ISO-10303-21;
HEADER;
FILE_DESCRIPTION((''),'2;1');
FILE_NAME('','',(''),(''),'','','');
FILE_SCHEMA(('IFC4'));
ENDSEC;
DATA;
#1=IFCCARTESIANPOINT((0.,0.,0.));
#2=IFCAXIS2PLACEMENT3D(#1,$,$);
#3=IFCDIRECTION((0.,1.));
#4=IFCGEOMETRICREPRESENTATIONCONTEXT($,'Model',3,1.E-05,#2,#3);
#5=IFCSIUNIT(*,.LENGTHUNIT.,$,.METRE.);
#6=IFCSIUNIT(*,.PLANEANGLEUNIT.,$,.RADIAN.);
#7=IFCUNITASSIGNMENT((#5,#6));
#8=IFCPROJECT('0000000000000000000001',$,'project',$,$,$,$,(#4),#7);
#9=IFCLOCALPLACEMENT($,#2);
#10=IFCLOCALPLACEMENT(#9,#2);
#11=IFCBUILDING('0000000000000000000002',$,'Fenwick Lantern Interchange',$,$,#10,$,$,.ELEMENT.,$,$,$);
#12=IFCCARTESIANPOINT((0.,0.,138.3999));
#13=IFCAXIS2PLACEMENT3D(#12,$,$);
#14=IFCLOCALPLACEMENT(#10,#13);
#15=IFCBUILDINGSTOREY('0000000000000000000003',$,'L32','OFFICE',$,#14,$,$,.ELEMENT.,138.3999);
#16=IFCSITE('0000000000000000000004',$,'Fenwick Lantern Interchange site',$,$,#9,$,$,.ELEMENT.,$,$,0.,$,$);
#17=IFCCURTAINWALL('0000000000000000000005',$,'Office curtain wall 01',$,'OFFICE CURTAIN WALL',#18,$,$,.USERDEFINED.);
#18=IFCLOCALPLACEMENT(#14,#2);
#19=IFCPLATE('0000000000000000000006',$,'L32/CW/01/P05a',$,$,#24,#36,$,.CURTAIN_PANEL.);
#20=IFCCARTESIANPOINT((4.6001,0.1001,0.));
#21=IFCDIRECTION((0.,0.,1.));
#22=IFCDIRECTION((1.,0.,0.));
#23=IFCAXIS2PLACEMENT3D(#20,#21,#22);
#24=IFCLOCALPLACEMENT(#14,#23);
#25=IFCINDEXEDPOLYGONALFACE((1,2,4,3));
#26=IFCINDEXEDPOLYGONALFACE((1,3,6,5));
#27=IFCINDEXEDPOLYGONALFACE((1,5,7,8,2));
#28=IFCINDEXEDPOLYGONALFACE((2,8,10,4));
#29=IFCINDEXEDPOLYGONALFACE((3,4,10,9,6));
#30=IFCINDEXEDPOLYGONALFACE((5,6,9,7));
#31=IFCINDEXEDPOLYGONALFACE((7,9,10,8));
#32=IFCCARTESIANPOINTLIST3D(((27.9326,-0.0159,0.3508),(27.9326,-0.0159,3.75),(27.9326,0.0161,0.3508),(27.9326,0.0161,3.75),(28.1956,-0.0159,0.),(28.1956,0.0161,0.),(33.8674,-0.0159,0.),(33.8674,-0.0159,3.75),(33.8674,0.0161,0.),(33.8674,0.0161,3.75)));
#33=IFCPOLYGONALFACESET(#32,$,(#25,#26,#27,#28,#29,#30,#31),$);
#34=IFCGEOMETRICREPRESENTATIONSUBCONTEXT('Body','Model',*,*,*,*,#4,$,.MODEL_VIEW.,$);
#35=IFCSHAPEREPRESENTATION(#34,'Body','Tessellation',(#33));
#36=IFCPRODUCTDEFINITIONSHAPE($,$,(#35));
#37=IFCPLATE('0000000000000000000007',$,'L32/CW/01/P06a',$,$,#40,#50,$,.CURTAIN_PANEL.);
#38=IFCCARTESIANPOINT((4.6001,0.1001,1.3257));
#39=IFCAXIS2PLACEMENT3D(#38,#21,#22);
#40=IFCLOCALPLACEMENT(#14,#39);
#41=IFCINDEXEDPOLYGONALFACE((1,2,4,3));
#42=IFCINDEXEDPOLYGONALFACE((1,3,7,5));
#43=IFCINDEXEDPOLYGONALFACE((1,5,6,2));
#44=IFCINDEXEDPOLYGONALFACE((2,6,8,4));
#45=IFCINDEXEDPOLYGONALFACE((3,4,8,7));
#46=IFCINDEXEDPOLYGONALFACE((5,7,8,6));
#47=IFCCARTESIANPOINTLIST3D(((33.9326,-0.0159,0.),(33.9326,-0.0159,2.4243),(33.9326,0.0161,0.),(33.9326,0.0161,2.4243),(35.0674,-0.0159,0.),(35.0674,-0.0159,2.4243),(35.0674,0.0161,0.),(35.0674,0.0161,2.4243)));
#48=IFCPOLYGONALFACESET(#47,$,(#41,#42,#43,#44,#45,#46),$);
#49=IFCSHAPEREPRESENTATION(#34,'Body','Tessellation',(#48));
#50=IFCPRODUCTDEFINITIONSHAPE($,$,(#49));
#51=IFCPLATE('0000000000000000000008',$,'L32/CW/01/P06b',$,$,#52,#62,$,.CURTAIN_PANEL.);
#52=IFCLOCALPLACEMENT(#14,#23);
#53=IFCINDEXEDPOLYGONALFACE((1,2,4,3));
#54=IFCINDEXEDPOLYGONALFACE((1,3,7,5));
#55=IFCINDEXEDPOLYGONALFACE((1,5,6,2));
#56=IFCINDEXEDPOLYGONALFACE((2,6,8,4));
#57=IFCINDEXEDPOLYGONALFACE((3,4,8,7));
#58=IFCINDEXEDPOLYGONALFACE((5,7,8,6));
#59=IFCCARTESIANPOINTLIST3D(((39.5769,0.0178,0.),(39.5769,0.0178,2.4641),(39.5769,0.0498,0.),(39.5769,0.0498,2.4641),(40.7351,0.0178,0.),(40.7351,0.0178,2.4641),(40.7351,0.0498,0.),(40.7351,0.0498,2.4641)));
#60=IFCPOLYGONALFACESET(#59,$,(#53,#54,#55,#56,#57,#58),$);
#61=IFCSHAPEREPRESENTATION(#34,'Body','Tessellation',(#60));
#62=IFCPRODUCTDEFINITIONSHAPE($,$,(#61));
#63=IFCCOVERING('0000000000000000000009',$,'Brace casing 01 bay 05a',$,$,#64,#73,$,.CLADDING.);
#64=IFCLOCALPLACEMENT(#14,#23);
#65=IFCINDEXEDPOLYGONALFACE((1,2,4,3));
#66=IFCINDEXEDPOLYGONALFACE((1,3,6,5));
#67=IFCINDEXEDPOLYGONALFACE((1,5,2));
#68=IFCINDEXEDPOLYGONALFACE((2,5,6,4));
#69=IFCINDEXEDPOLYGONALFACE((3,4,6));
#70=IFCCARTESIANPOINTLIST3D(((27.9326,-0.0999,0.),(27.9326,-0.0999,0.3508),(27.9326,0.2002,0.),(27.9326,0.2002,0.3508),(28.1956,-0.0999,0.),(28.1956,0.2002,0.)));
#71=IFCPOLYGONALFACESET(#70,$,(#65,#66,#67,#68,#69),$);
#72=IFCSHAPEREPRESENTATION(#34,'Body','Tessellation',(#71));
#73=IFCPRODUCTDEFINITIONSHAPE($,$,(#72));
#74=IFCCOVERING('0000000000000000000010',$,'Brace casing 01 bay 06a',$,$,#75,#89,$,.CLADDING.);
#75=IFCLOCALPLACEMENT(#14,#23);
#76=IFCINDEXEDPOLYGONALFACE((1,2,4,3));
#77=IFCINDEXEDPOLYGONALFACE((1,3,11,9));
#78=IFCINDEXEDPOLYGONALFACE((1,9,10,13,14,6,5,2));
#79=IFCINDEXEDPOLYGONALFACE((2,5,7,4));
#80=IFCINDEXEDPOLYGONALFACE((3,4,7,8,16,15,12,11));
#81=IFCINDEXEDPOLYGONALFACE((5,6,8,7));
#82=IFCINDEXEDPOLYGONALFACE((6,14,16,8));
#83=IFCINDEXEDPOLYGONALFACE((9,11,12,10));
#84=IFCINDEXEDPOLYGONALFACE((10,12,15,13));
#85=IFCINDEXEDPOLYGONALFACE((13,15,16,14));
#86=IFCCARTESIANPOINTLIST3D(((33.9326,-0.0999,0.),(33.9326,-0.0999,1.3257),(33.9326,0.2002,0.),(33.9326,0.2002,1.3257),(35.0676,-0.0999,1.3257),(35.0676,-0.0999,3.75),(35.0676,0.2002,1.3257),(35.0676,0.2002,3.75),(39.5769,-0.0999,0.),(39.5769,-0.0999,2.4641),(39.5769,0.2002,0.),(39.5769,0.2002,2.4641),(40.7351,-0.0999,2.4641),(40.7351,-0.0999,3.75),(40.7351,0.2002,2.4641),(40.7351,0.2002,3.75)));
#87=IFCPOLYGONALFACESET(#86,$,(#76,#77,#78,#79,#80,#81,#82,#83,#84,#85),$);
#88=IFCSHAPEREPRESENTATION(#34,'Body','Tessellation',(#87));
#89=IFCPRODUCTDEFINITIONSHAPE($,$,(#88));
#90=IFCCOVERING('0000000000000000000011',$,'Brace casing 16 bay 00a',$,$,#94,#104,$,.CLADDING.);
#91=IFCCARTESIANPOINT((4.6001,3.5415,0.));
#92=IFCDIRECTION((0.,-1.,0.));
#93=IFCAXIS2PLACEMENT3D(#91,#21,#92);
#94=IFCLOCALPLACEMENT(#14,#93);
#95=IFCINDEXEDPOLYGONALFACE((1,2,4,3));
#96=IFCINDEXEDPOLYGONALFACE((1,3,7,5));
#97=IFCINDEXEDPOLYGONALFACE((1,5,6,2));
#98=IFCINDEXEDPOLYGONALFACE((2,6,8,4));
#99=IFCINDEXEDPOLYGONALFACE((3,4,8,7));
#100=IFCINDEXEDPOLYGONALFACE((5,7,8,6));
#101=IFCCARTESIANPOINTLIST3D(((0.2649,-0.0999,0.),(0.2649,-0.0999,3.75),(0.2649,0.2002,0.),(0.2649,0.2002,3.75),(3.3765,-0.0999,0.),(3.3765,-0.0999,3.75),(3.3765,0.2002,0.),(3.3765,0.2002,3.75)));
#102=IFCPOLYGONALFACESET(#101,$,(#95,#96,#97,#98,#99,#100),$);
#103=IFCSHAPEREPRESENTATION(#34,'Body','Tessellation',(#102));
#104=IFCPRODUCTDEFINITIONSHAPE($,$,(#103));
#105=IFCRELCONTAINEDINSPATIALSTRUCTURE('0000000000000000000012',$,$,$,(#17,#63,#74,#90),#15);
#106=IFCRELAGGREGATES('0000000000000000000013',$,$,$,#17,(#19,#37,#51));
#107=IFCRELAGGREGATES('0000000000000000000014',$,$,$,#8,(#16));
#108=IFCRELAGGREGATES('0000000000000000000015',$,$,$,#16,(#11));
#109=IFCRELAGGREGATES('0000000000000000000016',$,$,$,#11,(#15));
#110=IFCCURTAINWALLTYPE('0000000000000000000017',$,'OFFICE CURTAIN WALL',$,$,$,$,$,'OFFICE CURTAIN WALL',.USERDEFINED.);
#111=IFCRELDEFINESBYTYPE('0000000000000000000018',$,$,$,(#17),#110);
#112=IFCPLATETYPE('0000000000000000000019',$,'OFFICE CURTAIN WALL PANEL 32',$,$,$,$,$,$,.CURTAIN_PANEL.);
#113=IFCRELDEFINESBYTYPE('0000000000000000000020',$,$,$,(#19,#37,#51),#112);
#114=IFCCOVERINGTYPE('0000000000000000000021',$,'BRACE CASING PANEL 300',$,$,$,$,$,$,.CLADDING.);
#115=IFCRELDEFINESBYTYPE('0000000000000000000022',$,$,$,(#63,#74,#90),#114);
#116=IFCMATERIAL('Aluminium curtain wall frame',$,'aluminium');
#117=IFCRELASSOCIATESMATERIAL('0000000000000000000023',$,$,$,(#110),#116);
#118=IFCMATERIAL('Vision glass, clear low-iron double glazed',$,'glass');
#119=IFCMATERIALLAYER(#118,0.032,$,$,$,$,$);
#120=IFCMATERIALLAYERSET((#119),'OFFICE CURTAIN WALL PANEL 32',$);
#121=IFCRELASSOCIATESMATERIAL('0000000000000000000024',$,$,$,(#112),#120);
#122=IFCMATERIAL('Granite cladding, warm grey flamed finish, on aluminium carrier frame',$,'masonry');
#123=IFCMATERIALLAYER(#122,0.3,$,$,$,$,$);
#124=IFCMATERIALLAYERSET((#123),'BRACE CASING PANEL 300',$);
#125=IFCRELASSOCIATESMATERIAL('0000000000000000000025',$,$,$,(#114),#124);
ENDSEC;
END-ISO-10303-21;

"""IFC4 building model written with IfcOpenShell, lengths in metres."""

from ifc_helpers import new_model, si_unit, direction, frame, origin, place, context, subcontext, project, spatial, polyline, outline, extrude, material, layer, layer_set, type_object, element, aggregate, save


model = new_model("IFC4")

# Units and contexts
model_context = context("Model", 3, precision=1e-05, world=origin(), true_north=direction((0.0, 1.0)))
body_context = subcontext(model_context, "Body", "Model", "MODEL_VIEW")
ifc_project = project(units=[si_unit("LENGTHUNIT", "METRE"), si_unit("PLANEANGLEUNIT", "RADIAN")], contexts=[model_context])

# Site, building, storey
site_placement = place(None, origin())
site = spatial("IfcSite", under=ifc_project, at=site_placement, Name="Fenwick Lantern Interchange site", CompositionType="ELEMENT", RefElevation=0.0)
building_placement = place(site_placement, origin())
building = spatial("IfcBuilding", under=site, at=building_placement, Name="Fenwick Lantern Interchange", CompositionType="ELEMENT")
storey_placement = place(building_placement, frame((0.0, 0.0, 138.3999)))
storey = spatial("IfcBuildingStorey", under=building, at=storey_placement, Name="L32", Description="OFFICE", CompositionType="ELEMENT", Elevation=138.3999)

# Curtain wall
ifc_material_1 = material(Name="Aluminium curtain wall frame", Category="aluminium")
curtain_wall_type = type_object("IfcCurtainWallType", Name="OFFICE CURTAIN WALL", ElementType="OFFICE CURTAIN WALL", PredefinedType="USERDEFINED", material=ifc_material_1)
curtain_wall_1_placement = place(storey_placement, origin())
curtain_wall_1 = element("IfcCurtainWall", 1, at=curtain_wall_1_placement, inside=storey, type_object=curtain_wall_type, Name="Office curtain wall 01", ObjectType="OFFICE CURTAIN WALL", PredefinedType="USERDEFINED")

# Plates
ifc_material_2 = material(Name="Vision glass, clear low-iron double glazed", Category="glass")
ifc_layer_1 = layer(ifc_material_2, 0.032)
ifc_layer_set_1 = layer_set([ifc_layer_1], Name="OFFICE CURTAIN WALL PANEL 32")
plate_type = type_object("IfcPlateType", Name="OFFICE CURTAIN WALL PANEL 32", PredefinedType="CURTAIN_PANEL", material=ifc_layer_set_1)
plate_1_placement = place(storey_placement, frame((4.6001, 0.1001, 0.0), z_axis=(0.0, 0.0, 1.0), x_axis=(1.0, 0.0, 0.0)))
plate_1 = element("IfcPlate", 2, at=plate_1_placement, type_object=plate_type, Name="L32/CW/01/P05a", PredefinedType="CURTAIN_PANEL", context=body_context, shape_type="SweptSolid", body=[
    extrude(outline(polyline([(28.1956, 0.0), (33.8674, 0.0), (33.8674, 3.75), (27.9326, 3.75), (27.9326, 0.3508), (28.1956, 0.0)])), frame((0.0, 0.0161, 0.0), z_axis=(0.0, -1.0, 0.0), x_axis=(1.0, 0.0, 0.0)), (0.0, 0.0, 1.0), 0.032),
])
plate_2_placement = place(storey_placement, frame((4.6001, 0.1001, 1.3257), z_axis=(0.0, 0.0, 1.0), x_axis=(1.0, 0.0, 0.0)))
plate_2 = element("IfcPlate", 3, at=plate_2_placement, type_object=plate_type, Name="L32/CW/01/P06a", PredefinedType="CURTAIN_PANEL", context=body_context, shape_type="SweptSolid", body=[
    extrude(outline(polyline([(33.9326, 0.0), (35.0674, 0.0), (35.0674, 2.4243), (33.9326, 2.4243), (33.9326, 0.0)])), frame((0.0, 0.0161, 0.0), z_axis=(0.0, -1.0, 0.0), x_axis=(1.0, 0.0, 0.0)), (0.0, 0.0, 1.0), 0.032),
])
plate_3_placement = place(storey_placement, frame((4.6001, 0.1001, 0.0), z_axis=(0.0, 0.0, 1.0), x_axis=(1.0, 0.0, 0.0)))
plate_3 = element("IfcPlate", 4, at=plate_3_placement, type_object=plate_type, Name="L32/CW/01/P06b", PredefinedType="CURTAIN_PANEL", context=body_context, shape_type="SweptSolid", body=[
    extrude(outline(polyline([(39.5769, 0.0), (40.7351, 0.0), (40.7351, 2.4641), (39.5769, 2.4641), (39.5769, 0.0)])), frame((0.0, 0.0498, 0.0), z_axis=(0.0, -1.0, 0.0), x_axis=(1.0, 0.0, 0.0)), (0.0, 0.0, 1.0), 0.032),
])
aggregate(curtain_wall_1, [plate_1, plate_2, plate_3])

# Coverings
ifc_material_3 = material(Name="Granite cladding, warm grey flamed finish, on aluminium carrier frame", Category="masonry")
ifc_layer_2 = layer(ifc_material_3, 0.3)
ifc_layer_set_2 = layer_set([ifc_layer_2], Name="BRACE CASING PANEL 300")
covering_type = type_object("IfcCoveringType", Name="BRACE CASING PANEL 300", PredefinedType="CLADDING", material=ifc_layer_set_2)
covering_1_placement = place(storey_placement, frame((4.6001, 0.1001, 0.0), z_axis=(0.0, 0.0, 1.0), x_axis=(1.0, 0.0, 0.0)))
element("IfcCovering", 5, at=covering_1_placement, inside=storey, type_object=covering_type, Name="Brace casing 01 bay 05a", PredefinedType="CLADDING", context=body_context, shape_type="SweptSolid", body=[
    extrude(outline(polyline([(27.9326, 0.0), (28.1956, 0.0), (27.9326, 0.3508), (27.9326, 0.0)])), frame((0.0, 0.2002, 0.0), z_axis=(0.0, -1.0, 0.0), x_axis=(1.0, 0.0, 0.0)), (0.0, 0.0, 1.0), 0.3),
])
covering_2_placement = place(storey_placement, frame((4.6001, 0.1001, 0.0), z_axis=(0.0, 0.0, 1.0), x_axis=(1.0, 0.0, 0.0)))
element("IfcCovering", 6, at=covering_2_placement, inside=storey, type_object=covering_type, Name="Brace casing 01 bay 06a", PredefinedType="CLADDING", context=body_context, shape_type="SweptSolid", body=[
    extrude(outline(polyline([(33.9326, 0.0), (39.5769, 0.0), (39.5769, 2.4641), (40.7351, 2.4641), (40.7351, 3.75), (35.0676, 3.75), (35.0676, 1.3257), (33.9326, 1.3257), (33.9326, 0.0)])), frame((0.0, 0.2002, 0.0), z_axis=(0.0, -1.0, 0.0), x_axis=(1.0, 0.0, 0.0)), (0.0, 0.0, 1.0), 0.3),
])
covering_3_placement = place(storey_placement, frame((4.6001, 3.5415, 0.0), z_axis=(0.0, 0.0, 1.0), x_axis=(0.0, -1.0, 0.0)))
element("IfcCovering", 7, at=covering_3_placement, inside=storey, type_object=covering_type, Name="Brace casing 16 bay 00a", PredefinedType="CLADDING", context=body_context, shape_type="SweptSolid", body=[
    extrude(outline(polyline([(0.2649, 0.0), (3.3765, 0.0), (3.3765, 3.75), (0.2649, 3.75), (0.2649, 0.0)])), frame((0.0, 0.2002, 0.0), z_axis=(0.0, -1.0, 0.0), x_axis=(1.0, 0.0, 0.0)), (0.0, 0.0, 1.0), 0.3),
])

save(model, "model.ifc")
